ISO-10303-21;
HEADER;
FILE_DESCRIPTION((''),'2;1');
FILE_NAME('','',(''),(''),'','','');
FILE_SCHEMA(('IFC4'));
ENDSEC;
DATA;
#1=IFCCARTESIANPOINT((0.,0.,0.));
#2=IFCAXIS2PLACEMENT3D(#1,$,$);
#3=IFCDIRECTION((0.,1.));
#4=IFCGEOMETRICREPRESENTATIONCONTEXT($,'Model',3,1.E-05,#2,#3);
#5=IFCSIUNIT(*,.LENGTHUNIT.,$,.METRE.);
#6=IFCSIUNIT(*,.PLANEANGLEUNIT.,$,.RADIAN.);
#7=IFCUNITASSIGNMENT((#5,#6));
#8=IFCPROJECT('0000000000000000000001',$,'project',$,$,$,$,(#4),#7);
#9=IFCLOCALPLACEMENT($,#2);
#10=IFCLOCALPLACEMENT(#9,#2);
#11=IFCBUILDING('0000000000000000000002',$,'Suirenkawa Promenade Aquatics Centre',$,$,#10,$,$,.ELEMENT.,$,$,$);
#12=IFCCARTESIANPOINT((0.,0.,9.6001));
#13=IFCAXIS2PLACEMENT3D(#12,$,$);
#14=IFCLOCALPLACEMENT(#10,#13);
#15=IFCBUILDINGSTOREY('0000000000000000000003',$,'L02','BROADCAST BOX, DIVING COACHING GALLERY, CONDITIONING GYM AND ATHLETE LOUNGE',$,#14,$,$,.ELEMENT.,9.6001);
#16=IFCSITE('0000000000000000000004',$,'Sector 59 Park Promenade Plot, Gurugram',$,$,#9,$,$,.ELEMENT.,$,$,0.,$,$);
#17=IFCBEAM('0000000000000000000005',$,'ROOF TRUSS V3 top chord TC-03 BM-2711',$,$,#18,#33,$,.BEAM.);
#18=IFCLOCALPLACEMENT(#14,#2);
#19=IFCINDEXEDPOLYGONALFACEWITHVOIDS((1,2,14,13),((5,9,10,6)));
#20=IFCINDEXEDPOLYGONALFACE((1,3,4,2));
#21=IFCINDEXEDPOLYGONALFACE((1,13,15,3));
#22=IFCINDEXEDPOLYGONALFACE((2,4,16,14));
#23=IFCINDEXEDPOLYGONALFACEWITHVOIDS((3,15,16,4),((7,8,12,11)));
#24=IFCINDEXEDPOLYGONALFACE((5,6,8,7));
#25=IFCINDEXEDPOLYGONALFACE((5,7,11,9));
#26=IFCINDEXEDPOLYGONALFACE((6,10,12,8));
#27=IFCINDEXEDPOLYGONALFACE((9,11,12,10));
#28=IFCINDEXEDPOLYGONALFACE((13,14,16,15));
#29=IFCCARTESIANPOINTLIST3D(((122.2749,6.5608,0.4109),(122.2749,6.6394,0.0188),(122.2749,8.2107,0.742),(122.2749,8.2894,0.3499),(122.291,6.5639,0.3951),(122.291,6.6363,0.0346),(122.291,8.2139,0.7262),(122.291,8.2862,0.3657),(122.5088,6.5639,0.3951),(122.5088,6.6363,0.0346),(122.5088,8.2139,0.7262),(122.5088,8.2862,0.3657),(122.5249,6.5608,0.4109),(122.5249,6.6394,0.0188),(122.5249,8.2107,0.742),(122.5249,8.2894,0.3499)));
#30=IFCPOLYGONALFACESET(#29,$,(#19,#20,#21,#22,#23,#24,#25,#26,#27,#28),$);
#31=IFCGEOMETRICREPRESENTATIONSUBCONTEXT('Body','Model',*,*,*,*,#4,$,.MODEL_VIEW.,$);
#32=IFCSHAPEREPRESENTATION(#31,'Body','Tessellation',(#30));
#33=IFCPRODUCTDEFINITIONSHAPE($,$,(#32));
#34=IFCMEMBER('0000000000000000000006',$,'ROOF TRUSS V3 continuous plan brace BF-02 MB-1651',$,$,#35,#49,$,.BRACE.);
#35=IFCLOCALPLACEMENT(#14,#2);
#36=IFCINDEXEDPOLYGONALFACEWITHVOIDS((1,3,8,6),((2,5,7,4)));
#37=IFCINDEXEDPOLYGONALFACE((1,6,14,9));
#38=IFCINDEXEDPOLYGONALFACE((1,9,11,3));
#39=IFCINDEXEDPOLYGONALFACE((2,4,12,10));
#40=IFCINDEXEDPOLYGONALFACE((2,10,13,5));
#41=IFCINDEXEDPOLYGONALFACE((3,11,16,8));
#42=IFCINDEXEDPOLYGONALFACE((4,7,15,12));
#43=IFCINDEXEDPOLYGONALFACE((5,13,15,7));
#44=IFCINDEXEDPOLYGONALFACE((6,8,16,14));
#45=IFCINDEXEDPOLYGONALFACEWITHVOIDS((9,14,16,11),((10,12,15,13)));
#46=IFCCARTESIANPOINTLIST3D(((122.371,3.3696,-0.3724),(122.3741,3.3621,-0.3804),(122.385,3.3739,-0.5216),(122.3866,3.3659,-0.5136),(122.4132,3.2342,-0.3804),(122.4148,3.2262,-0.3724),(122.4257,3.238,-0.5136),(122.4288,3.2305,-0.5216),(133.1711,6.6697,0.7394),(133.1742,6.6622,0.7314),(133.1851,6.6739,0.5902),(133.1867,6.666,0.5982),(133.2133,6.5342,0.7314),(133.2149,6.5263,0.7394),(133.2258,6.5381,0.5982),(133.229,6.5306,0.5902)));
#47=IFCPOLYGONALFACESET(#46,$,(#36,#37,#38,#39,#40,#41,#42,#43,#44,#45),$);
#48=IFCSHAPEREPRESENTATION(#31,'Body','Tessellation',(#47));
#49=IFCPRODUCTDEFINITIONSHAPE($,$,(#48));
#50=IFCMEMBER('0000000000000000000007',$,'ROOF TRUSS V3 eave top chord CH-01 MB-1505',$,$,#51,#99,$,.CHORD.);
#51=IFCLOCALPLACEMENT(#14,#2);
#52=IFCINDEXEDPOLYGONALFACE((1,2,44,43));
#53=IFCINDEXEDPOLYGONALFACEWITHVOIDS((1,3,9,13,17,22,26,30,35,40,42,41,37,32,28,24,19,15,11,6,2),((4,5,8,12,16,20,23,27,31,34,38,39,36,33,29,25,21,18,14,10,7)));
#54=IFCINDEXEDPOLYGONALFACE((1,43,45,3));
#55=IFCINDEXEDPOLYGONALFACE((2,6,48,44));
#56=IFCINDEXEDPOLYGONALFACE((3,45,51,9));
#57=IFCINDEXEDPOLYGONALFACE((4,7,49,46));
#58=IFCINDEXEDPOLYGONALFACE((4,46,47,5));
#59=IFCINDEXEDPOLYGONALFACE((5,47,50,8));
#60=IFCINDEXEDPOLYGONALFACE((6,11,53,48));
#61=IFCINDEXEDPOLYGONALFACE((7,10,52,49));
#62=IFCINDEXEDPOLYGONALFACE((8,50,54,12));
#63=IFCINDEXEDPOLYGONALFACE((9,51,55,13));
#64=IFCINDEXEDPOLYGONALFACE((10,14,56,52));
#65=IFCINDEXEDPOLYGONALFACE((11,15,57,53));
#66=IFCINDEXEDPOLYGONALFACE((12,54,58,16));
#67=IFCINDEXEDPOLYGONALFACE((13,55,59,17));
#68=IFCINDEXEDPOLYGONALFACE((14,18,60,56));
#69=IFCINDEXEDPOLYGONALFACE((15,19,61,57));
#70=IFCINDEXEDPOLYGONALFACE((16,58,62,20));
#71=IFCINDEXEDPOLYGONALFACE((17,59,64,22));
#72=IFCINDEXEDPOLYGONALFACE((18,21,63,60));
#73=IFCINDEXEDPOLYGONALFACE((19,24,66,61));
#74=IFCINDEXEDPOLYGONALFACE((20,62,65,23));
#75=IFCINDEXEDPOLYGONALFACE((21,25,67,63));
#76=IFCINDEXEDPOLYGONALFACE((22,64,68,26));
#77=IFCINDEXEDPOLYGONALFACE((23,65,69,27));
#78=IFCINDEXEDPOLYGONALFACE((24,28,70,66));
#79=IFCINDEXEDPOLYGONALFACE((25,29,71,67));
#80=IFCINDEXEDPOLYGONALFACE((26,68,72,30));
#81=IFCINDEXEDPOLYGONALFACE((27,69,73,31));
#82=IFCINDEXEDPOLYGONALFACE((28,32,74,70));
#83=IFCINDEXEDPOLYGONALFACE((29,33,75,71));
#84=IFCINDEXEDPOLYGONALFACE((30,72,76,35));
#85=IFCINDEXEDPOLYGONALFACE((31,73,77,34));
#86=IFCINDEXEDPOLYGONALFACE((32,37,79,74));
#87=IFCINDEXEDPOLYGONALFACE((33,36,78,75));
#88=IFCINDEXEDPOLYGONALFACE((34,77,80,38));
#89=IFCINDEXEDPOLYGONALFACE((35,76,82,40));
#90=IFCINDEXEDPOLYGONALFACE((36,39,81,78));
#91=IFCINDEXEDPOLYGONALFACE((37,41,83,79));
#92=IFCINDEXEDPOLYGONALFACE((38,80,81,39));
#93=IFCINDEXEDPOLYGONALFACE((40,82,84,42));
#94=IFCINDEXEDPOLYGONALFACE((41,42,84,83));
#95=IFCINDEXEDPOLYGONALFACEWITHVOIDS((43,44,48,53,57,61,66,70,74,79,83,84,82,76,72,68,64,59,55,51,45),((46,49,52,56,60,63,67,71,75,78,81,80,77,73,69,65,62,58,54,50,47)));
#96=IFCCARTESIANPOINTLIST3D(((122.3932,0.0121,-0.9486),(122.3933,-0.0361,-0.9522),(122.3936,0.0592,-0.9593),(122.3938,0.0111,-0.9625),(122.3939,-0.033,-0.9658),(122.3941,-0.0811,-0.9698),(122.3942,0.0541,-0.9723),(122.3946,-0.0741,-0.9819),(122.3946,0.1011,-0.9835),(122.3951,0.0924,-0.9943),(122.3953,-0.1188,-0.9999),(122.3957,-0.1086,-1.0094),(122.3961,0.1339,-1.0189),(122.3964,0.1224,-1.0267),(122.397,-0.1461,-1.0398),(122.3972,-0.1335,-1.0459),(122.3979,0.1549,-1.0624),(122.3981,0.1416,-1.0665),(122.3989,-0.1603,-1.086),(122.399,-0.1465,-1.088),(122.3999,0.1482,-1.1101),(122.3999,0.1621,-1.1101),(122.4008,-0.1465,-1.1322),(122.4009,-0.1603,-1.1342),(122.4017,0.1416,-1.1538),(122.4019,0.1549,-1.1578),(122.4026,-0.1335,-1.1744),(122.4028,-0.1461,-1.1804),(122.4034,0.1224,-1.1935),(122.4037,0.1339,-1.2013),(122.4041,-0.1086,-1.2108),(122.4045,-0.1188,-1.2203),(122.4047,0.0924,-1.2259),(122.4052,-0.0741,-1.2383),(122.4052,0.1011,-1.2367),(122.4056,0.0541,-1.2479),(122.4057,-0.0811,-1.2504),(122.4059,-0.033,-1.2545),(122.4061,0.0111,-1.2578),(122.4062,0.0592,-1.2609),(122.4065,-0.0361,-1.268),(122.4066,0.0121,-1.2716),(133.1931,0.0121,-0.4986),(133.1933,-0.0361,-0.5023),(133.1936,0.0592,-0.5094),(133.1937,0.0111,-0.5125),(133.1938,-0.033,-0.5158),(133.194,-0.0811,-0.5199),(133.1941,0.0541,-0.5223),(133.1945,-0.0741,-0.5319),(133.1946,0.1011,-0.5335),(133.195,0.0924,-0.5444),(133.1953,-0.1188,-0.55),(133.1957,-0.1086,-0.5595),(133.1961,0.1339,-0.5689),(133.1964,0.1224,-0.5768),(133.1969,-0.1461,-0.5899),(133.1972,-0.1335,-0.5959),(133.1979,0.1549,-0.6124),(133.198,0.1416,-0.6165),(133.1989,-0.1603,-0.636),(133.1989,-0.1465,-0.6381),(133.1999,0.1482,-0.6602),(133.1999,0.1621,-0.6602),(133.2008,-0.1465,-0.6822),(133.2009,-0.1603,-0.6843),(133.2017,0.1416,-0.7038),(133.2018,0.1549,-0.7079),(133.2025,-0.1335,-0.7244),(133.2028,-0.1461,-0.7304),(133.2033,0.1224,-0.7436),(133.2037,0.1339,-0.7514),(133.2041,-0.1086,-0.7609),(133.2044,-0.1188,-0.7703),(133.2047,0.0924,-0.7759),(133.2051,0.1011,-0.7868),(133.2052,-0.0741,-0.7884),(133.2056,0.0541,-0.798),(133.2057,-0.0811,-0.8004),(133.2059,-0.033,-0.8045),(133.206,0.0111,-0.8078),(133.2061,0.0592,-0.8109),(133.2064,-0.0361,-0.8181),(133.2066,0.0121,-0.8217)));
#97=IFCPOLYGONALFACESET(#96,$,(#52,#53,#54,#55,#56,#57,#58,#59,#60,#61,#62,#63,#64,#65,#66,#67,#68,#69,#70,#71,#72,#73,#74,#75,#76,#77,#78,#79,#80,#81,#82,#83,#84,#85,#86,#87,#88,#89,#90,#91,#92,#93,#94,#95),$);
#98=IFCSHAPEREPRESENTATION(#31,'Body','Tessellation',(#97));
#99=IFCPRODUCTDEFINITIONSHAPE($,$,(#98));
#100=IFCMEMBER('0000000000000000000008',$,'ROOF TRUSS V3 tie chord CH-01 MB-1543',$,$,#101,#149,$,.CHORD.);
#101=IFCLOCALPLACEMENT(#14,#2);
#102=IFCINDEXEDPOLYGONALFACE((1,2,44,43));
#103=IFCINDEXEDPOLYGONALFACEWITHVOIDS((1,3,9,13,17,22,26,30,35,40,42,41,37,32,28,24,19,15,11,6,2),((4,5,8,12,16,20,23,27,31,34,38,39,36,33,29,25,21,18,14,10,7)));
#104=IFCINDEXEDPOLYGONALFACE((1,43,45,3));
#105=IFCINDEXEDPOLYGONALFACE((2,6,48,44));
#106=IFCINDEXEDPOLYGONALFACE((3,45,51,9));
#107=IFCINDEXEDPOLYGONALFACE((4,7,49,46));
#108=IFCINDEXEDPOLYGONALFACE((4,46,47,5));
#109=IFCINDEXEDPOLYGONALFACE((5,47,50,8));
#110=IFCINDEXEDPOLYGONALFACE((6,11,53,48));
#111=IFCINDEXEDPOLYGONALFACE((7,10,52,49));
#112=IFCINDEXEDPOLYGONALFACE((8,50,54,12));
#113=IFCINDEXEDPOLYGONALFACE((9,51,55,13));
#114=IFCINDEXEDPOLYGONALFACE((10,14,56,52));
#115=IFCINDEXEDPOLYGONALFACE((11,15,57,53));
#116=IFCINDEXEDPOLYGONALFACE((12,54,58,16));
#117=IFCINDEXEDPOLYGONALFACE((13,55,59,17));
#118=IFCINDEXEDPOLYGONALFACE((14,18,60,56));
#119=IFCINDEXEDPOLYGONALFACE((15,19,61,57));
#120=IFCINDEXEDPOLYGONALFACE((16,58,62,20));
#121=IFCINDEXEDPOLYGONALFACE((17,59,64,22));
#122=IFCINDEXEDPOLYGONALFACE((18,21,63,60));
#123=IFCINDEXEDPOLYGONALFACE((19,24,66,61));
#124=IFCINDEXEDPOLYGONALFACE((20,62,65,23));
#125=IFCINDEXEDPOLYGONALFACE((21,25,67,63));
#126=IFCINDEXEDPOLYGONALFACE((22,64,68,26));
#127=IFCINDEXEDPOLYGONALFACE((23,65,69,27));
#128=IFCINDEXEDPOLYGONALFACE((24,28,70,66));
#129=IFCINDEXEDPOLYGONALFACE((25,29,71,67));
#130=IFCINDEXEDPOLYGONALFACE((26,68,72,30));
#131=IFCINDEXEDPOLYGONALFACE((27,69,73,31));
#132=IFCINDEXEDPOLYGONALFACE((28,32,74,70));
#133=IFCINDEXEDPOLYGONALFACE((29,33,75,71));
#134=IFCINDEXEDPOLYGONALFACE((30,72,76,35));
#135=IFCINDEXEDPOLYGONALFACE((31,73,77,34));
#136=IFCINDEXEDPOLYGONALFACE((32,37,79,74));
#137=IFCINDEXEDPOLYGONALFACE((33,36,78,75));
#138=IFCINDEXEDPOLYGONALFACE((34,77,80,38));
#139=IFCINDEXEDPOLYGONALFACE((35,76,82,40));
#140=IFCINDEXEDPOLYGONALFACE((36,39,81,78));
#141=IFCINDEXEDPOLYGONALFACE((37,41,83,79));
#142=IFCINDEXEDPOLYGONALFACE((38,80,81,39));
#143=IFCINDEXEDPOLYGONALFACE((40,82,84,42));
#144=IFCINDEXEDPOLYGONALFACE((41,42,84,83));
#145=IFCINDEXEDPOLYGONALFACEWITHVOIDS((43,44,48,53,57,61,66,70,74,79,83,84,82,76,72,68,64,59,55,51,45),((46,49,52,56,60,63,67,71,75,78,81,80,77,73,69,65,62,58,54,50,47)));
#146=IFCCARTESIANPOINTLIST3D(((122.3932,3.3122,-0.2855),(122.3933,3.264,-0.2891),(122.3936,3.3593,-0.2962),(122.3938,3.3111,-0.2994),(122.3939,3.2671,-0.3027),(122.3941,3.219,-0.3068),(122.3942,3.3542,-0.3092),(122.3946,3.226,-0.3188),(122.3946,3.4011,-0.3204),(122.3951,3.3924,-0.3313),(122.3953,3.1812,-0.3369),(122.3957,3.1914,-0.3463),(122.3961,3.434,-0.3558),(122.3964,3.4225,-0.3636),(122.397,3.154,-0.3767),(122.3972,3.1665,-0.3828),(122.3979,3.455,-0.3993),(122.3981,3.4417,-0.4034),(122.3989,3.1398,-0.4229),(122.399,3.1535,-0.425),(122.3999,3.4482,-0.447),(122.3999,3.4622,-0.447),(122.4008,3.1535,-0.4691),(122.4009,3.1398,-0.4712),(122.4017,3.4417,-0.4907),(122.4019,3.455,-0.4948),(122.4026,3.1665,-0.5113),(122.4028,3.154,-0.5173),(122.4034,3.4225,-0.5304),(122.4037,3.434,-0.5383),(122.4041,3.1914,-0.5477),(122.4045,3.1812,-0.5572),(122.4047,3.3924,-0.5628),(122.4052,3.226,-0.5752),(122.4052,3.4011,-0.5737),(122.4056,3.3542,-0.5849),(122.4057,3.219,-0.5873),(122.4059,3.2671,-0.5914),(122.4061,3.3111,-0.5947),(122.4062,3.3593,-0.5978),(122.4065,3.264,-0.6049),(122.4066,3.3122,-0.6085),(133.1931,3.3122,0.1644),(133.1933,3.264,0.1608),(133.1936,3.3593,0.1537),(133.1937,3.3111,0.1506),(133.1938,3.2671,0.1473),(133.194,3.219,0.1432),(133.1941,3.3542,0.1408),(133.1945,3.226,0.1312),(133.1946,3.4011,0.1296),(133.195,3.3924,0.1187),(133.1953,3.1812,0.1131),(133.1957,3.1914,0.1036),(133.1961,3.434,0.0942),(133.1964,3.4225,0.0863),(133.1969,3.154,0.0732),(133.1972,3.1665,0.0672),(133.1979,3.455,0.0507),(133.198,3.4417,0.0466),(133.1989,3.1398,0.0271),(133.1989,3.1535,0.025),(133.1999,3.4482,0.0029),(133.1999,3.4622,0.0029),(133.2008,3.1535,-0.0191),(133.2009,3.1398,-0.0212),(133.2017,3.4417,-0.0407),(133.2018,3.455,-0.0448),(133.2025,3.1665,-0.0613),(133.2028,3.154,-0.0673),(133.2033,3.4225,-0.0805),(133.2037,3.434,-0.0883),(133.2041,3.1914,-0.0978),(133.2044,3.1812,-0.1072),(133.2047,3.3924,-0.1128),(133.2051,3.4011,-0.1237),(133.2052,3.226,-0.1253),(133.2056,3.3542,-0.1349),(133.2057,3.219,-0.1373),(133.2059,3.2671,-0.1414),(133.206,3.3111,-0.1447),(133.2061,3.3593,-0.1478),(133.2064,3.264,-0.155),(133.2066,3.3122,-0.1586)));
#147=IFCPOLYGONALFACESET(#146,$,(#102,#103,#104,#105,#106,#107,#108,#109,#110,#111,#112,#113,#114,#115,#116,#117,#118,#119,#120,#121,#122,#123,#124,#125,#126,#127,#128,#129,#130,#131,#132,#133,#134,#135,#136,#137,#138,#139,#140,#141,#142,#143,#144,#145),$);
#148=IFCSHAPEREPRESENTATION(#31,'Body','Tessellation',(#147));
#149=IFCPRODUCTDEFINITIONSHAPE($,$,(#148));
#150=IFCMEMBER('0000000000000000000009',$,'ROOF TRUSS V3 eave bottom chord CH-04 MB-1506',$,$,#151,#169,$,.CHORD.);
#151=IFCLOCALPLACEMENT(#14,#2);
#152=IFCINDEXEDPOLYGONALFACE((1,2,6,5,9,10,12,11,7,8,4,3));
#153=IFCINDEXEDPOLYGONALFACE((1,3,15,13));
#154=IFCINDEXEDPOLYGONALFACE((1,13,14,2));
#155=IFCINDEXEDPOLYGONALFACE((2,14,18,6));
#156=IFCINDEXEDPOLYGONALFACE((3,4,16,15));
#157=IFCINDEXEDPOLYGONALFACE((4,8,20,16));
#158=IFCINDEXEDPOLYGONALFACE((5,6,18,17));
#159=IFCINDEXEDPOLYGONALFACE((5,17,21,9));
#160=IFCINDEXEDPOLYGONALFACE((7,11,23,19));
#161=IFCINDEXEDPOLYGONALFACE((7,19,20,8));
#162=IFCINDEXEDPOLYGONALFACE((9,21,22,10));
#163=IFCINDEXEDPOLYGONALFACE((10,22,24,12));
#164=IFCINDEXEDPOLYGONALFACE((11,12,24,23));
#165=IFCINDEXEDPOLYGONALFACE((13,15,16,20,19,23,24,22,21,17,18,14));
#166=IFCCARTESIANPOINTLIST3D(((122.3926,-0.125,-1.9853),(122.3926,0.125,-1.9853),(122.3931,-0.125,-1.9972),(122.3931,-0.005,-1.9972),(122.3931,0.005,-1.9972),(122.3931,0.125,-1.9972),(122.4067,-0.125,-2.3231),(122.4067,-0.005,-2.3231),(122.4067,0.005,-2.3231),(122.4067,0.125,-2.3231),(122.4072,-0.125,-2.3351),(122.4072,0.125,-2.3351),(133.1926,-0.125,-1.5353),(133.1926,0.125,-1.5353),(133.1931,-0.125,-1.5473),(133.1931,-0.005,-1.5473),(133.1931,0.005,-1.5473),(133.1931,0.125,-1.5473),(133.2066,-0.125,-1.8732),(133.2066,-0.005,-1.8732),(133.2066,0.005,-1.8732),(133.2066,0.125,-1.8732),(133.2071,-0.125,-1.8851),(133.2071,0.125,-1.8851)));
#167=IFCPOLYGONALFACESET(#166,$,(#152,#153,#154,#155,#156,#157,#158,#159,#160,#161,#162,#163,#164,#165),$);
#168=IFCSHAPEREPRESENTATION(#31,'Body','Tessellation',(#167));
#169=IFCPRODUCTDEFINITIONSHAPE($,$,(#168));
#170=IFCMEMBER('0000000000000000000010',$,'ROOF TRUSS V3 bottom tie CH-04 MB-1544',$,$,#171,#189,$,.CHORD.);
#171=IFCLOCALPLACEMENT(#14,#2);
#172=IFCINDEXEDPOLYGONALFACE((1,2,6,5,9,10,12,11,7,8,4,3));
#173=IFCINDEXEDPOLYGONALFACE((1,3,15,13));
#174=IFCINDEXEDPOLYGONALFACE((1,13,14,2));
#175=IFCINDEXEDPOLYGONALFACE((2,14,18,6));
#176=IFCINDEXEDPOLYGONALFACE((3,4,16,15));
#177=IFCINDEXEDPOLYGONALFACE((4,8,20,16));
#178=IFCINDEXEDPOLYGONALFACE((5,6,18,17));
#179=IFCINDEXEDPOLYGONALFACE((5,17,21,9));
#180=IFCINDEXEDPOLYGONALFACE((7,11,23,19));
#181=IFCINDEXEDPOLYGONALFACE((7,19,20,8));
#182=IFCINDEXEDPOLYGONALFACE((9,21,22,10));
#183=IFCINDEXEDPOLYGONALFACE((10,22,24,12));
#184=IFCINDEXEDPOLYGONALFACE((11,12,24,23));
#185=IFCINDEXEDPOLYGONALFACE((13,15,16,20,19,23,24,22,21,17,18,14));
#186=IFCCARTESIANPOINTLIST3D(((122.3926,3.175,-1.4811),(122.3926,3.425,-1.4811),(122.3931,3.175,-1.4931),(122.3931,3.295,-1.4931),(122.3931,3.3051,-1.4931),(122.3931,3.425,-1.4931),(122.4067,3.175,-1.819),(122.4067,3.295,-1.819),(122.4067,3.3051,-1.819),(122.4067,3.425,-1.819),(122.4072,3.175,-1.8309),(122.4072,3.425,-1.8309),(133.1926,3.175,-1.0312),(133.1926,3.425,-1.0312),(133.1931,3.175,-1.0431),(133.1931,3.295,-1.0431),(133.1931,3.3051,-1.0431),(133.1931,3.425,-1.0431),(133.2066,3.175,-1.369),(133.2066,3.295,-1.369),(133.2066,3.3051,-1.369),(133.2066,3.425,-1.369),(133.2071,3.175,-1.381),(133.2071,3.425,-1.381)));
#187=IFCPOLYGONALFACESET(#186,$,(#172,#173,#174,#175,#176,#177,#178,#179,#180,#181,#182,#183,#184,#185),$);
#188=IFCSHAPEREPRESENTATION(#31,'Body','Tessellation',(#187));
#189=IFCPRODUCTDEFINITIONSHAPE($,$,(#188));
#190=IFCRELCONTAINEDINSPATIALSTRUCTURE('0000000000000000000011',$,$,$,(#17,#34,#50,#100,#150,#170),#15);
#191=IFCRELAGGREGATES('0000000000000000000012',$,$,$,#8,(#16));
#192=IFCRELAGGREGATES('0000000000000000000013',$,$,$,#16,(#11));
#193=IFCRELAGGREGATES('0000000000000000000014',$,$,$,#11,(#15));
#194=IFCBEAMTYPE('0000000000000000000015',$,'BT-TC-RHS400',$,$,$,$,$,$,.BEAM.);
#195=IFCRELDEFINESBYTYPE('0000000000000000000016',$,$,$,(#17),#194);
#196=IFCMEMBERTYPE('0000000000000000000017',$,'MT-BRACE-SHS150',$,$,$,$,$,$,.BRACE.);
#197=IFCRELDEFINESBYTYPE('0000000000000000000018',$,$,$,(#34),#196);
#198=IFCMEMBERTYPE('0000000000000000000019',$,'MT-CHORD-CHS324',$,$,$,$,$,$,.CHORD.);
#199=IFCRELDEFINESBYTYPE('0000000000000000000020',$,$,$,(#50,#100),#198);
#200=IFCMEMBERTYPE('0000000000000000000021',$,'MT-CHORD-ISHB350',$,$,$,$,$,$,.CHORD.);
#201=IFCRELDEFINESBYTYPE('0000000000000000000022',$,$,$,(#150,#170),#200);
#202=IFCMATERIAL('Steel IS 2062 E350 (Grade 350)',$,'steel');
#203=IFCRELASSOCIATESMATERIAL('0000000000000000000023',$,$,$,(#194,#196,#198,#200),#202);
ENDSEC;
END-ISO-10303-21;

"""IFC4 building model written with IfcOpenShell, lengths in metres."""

from ifc_helpers import new_model, si_unit, direction, frame, origin, origin_2d, place, context, subcontext, project, spatial, hollow_rectangle, hollow_circle, i_section, extrude, material, material_profile, profile_set, type_object, element, save


model = new_model("IFC4")

# Units and contexts
model_context = context("Model", 3, precision=1e-05, world=origin(), true_north=direction((0.0, 1.0)))
body_context = subcontext(model_context, "Body", "Model", "MODEL_VIEW")
ifc_project = project(units=[si_unit("LENGTHUNIT", "METRE"), si_unit("PLANEANGLEUNIT", "RADIAN")], contexts=[model_context])

# Site, building, storey
site_placement = place(None, origin())
site = spatial("IfcSite", under=ifc_project, at=site_placement, Name="Sector 59 Park Promenade Plot, Gurugram", CompositionType="ELEMENT", RefElevation=0.0)
building_placement = place(site_placement, origin())
building = spatial("IfcBuilding", under=site, at=building_placement, Name="Suirenkawa Promenade Aquatics Centre", CompositionType="ELEMENT")
storey_placement = place(building_placement, frame((0.0, 0.0, 9.6001)))
storey = spatial("IfcBuildingStorey", under=building, at=storey_placement, Name="L02", Description="BROADCAST BOX, DIVING COACHING GALLERY, CONDITIONING GYM AND ATHLETE LOUNGE", CompositionType="ELEMENT", Elevation=9.6001)

# Beam
ifc_material_1 = material(Name="Steel IS 2062 E350 (Grade 350)", Category="steel")
ifc_material_profile_1 = material_profile(ifc_material_1, hollow_rectangle(XDim=0.25, YDim=0.3999, WallThickness=0.0161, at=origin_2d()), Name="RHS 400x250x16", Category="steel")
ifc_profile_set_1 = profile_set([ifc_material_profile_1], Name="Steel IS 2062 E350 (Grade 350)")
beam_type_1 = type_object("IfcBeamType", Name="BT-TC-RHS400", PredefinedType="BEAM", material=ifc_profile_set_1)
beam_1_placement = place(storey_placement, frame((122.3999, 6.6001, 0.2148), z_axis=(0.0, 0.980458, 0.19673), x_axis=(-1.0, 0.0, 0.0)))
element("IfcBeam", 1, at=beam_1_placement, inside=storey, type_object=beam_type_1, Name="ROOF TRUSS V3 top chord TC-03 BM-2711", PredefinedType="BEAM", context=body_context, shape_type="SweptSolid", body=[
    extrude(hollow_rectangle(XDim=0.25, YDim=0.3999, WallThickness=0.0161, at=origin_2d()), origin(), (0.0, 0.0, 1.0), 1.6829),
])

# Members
ifc_material_profile_2 = material_profile(ifc_material_1, hollow_rectangle(XDim=0.1499, YDim=0.1499, WallThickness=0.0081, at=origin_2d()), Name="SHS 150x150x8", Category="steel")
ifc_profile_set_2 = profile_set([ifc_material_profile_2], Name="Steel IS 2062 E350 (Grade 350)")
member_type_1 = type_object("IfcMemberType", Name="MT-BRACE-SHS150", PredefinedType="BRACE", material=ifc_profile_set_2)
member_1_placement = place(storey_placement, frame((122.3999, 3.3, -0.447), z_axis=(0.951749, 0.290815, 0.097978), x_axis=(-0.292221, 0.956351, 0.0)))
element("IfcMember", 2, at=member_1_placement, inside=storey, type_object=member_type_1, Name="ROOF TRUSS V3 continuous plan brace BF-02 MB-1651", PredefinedType="BRACE", context=body_context, shape_type="SweptSolid", body=[
    extrude(hollow_rectangle(XDim=0.1499, YDim=0.1499, WallThickness=0.0081, at=origin_2d()), origin(), (0.0, 0.0, 1.0), 11.3477),
])
ifc_material_profile_3 = material_profile(ifc_material_1, hollow_circle(Radius=0.1621, WallThickness=0.0139, at=origin_2d()), Name="CHS 324x14", Category="steel")
ifc_profile_set_3 = profile_set([ifc_material_profile_3], Name="Steel IS 2062 E350 (Grade 350)")
member_type_2 = type_object("IfcMemberType", Name="MT-CHORD-CHS324", PredefinedType="CHORD", material=ifc_profile_set_3)
for number, where, z_axis, x_axis, name in (
    (3, (122.3999, 0.0, -1.1101), (0.999133, 0.0, 0.041626), (0.0, 1.0, 0.0), "ROOF TRUSS V3 eave top chord CH-01 MB-1505"),
    (4, (122.3999, 3.3, -0.447), (0.999133, 0.0, 0.041626), (0.0, 1.0, 0.0), "ROOF TRUSS V3 tie chord CH-01 MB-1543"),
):
    element("IfcMember", number, at=place(storey_placement, frame(where, z_axis=z_axis, x_axis=x_axis)), inside=storey, type_object=member_type_2, Name=name, PredefinedType="CHORD", context=body_context, shape_type="SweptSolid", body=[
        extrude(hollow_circle(Radius=0.1621, WallThickness=0.0139, at=origin_2d()), origin(), (0.0, 0.0, 1.0), 10.8093),
    ])
ifc_material_profile_4 = material_profile(ifc_material_1, i_section(OverallWidth=0.25, OverallDepth=0.3501, WebThickness=0.01, FlangeThickness=0.012, at=origin_2d()), Name="ISHB 350", Category="steel")
ifc_profile_set_4 = profile_set([ifc_material_profile_4], Name="Steel IS 2062 E350 (Grade 350)")
member_type_3 = type_object("IfcMemberType", Name="MT-CHORD-ISHB350", PredefinedType="CHORD", material=ifc_profile_set_4)
for number, where, z_axis, x_axis, name in (
    (5, (122.3999, 0.0, -2.1602), (0.999133, 0.0, 0.041626), (0.0, 1.0, 0.0), "ROOF TRUSS V3 eave bottom chord CH-04 MB-1506"),
    (6, (122.3999, 3.3, -1.656), (0.999133, 0.0, 0.041626), (0.0, 1.0, 0.0), "ROOF TRUSS V3 bottom tie CH-04 MB-1544"),
):
    element("IfcMember", number, at=place(storey_placement, frame(where, z_axis=z_axis, x_axis=x_axis)), inside=storey, type_object=member_type_3, Name=name, PredefinedType="CHORD", context=body_context, shape_type="SweptSolid", body=[
        extrude(i_section(OverallWidth=0.25, OverallDepth=0.3501, WebThickness=0.01, FlangeThickness=0.012, at=origin_2d()), origin(), (0.0, 0.0, 1.0), 10.8093),
    ])

save(model, "model.ifc")
